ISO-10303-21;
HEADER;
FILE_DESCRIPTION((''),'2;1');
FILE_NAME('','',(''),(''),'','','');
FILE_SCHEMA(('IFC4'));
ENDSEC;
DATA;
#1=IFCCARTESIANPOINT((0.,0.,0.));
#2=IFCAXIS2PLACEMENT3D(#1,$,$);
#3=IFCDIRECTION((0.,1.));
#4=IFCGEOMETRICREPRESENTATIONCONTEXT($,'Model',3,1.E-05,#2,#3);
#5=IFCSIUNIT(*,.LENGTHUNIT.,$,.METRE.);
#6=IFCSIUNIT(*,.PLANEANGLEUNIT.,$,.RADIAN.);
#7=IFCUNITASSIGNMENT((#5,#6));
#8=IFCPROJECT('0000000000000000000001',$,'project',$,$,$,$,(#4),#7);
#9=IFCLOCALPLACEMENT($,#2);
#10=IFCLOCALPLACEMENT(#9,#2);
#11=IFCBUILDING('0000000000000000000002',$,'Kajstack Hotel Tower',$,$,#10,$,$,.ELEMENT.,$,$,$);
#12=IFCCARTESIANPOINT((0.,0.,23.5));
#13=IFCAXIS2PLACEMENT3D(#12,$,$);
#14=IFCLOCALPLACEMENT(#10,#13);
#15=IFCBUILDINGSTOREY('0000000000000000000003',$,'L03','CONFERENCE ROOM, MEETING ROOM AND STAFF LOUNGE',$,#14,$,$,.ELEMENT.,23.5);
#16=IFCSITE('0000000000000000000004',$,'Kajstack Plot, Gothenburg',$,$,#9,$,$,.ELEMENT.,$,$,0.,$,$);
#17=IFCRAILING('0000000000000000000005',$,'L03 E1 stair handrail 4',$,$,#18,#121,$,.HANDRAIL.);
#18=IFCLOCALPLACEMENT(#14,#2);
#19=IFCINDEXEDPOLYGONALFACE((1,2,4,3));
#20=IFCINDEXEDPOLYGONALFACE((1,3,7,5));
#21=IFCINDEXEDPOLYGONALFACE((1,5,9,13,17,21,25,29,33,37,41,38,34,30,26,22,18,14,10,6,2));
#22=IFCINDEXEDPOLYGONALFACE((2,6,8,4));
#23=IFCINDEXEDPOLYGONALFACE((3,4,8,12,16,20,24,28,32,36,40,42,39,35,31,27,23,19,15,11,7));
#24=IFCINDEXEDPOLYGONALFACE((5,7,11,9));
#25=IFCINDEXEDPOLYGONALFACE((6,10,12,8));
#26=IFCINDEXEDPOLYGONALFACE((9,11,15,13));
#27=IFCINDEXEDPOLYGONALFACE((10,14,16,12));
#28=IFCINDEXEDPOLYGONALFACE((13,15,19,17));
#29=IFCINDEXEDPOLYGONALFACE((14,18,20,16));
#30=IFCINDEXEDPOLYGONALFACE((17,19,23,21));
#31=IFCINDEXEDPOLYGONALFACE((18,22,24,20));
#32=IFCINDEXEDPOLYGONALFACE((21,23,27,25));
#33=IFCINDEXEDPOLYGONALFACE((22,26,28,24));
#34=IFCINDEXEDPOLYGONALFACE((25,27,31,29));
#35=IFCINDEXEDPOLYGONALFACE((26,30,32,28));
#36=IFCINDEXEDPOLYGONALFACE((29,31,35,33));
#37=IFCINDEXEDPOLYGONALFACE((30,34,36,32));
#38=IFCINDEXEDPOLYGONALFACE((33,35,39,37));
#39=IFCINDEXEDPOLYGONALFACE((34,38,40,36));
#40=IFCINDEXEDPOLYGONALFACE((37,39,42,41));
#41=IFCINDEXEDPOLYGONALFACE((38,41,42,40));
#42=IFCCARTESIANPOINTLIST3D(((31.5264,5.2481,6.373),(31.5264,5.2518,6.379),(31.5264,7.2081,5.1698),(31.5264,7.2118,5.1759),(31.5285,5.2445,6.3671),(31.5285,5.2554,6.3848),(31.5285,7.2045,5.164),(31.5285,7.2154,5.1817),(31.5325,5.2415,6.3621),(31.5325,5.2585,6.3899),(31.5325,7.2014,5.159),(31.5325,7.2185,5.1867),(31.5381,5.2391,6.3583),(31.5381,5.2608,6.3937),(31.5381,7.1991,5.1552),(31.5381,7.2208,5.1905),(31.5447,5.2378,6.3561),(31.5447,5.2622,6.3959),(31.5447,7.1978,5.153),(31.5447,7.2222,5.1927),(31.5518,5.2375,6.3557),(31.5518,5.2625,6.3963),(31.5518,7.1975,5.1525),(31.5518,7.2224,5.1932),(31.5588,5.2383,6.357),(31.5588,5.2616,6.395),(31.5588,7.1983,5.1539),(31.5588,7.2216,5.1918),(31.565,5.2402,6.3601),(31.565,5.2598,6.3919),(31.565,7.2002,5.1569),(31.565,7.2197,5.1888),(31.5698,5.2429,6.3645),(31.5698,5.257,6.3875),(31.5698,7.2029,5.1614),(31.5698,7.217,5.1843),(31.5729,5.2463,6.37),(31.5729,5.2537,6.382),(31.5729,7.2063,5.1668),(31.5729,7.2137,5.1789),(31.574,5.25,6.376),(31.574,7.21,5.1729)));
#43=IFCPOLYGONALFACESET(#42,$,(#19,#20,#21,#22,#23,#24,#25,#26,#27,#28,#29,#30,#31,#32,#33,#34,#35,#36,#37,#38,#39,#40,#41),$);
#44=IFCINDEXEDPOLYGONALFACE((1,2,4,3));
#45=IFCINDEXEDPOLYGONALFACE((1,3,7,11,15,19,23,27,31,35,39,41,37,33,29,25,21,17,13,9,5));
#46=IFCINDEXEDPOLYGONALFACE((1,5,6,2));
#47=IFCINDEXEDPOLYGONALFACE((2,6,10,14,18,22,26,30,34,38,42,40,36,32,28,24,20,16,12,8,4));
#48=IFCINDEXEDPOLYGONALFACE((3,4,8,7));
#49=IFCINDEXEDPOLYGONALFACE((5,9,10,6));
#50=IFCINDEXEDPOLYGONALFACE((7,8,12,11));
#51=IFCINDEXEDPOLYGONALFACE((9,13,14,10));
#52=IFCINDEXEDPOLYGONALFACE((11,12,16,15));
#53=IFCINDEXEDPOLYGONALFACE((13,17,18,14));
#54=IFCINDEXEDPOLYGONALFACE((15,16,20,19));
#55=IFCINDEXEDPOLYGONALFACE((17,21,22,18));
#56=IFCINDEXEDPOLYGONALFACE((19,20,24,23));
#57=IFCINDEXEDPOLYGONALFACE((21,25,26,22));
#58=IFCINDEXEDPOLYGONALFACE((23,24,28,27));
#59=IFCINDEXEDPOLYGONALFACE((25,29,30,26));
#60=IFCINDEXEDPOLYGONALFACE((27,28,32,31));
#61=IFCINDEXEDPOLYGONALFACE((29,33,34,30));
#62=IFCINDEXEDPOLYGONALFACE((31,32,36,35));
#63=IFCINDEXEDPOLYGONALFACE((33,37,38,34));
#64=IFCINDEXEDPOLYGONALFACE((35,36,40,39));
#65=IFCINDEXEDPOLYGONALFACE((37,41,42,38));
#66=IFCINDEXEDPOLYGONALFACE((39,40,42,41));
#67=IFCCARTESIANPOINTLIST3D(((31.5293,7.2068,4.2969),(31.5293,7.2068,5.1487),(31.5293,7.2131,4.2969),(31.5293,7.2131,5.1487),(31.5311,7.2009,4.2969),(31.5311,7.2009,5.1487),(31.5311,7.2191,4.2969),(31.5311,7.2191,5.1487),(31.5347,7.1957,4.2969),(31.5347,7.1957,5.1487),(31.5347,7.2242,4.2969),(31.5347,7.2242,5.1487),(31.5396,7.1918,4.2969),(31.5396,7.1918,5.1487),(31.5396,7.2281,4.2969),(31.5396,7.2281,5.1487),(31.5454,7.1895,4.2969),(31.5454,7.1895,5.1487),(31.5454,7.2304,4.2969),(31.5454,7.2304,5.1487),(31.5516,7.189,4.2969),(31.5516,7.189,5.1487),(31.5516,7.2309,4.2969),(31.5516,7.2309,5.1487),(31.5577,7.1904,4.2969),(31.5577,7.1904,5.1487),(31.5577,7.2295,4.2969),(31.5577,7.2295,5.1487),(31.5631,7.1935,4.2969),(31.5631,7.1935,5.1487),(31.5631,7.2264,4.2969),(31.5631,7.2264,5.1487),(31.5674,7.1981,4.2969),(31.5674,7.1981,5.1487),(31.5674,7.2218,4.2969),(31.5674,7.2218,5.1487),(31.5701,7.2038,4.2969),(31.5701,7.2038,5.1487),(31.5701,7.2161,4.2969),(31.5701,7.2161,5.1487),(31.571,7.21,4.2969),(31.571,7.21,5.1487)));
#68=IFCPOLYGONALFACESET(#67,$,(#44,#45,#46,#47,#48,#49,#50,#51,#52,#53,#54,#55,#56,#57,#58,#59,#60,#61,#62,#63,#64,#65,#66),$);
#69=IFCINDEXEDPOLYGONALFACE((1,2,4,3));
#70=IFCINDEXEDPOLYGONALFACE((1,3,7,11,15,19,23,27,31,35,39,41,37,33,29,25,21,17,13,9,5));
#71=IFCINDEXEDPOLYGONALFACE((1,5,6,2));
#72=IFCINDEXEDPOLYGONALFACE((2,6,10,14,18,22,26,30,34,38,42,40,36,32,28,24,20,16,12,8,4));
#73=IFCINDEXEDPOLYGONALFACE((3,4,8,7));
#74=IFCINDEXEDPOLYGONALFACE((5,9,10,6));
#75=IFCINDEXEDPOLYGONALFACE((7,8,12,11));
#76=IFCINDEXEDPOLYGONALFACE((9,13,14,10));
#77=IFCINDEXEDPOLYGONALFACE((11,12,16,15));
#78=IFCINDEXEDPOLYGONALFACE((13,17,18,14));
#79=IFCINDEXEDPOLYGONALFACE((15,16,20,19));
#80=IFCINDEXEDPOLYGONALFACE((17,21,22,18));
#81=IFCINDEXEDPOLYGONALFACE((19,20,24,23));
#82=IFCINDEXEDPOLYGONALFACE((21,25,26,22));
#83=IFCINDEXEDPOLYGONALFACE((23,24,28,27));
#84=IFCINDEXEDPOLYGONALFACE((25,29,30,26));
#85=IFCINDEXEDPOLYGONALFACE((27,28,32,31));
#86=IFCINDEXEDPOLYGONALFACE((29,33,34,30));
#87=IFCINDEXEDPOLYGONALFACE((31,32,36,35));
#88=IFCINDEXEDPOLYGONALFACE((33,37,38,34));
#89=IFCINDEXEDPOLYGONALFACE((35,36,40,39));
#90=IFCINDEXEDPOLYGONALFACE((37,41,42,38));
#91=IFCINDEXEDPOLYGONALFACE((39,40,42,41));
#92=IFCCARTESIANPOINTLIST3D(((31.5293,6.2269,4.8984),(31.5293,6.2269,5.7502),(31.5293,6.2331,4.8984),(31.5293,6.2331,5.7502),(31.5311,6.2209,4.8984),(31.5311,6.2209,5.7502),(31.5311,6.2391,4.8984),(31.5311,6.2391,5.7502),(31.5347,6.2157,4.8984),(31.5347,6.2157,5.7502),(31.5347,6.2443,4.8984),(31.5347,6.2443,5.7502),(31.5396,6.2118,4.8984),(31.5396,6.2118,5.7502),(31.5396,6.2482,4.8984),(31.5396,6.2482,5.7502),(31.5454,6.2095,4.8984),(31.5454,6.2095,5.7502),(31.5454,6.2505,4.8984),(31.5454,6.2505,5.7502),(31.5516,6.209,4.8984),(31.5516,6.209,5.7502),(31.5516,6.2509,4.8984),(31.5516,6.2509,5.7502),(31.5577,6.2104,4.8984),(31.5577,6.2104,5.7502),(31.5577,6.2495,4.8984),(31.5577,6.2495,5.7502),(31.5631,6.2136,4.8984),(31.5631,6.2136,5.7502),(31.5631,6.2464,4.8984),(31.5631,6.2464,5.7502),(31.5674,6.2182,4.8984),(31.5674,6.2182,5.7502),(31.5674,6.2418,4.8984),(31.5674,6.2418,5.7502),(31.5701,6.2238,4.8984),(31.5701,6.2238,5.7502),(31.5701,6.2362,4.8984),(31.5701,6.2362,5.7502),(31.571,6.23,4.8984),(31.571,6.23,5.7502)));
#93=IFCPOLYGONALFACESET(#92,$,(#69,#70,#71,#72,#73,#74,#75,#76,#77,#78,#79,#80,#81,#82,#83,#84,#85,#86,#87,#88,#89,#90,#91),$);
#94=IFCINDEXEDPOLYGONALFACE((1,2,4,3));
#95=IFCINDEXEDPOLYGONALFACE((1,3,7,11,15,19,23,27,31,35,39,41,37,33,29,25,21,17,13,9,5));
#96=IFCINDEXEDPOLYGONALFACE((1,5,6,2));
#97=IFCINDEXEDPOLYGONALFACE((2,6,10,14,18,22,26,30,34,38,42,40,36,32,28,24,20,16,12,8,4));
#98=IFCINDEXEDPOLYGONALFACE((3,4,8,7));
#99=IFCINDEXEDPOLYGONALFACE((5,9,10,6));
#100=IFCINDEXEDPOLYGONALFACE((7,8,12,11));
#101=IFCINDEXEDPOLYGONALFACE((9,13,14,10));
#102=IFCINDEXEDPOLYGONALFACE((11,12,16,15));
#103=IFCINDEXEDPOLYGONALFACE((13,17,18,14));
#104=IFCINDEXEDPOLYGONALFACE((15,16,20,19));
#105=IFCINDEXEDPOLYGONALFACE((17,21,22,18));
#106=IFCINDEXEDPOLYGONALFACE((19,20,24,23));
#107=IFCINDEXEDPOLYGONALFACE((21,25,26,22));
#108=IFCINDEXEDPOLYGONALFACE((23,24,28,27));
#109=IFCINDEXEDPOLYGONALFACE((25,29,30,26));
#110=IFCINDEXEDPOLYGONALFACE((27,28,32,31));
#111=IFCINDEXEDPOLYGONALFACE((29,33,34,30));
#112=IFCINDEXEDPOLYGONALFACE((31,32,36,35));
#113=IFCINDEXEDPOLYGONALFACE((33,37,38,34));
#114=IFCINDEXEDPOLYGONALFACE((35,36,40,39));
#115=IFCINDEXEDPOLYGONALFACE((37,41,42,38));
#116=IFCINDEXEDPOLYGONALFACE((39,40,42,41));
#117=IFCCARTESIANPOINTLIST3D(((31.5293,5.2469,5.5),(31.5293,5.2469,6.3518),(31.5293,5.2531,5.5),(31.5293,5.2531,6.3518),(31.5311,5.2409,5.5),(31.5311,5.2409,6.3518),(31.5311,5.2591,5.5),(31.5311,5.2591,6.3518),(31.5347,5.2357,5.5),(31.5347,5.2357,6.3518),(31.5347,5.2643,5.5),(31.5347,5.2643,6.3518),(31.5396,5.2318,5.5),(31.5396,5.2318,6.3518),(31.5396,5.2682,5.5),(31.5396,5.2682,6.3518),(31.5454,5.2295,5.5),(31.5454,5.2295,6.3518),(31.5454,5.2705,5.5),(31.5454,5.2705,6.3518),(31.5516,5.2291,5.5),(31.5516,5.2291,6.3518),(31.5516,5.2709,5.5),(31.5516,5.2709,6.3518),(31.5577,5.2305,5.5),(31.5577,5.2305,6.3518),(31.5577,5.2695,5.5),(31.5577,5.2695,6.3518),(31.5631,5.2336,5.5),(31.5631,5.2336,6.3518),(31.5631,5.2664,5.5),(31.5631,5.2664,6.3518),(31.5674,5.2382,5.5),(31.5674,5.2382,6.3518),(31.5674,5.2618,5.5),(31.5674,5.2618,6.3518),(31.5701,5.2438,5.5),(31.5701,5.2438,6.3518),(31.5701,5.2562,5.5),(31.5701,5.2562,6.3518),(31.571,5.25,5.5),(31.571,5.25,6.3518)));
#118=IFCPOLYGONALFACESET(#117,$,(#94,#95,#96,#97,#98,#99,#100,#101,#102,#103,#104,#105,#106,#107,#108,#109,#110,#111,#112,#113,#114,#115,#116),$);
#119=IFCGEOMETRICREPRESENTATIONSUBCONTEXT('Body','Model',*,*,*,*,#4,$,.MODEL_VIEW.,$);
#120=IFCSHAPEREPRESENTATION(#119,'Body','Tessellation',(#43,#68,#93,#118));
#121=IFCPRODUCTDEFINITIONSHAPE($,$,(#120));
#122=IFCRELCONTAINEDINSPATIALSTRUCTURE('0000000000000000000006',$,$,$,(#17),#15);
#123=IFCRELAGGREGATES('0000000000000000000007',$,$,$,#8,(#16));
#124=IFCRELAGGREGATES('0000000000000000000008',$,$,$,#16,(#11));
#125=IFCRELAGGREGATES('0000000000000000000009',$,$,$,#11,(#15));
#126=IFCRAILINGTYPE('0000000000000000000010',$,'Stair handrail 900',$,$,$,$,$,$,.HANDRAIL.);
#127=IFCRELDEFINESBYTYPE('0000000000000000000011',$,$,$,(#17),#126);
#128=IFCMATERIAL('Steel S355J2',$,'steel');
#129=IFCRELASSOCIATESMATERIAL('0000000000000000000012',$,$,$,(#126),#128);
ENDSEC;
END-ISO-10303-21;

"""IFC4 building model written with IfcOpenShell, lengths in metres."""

from ifc_helpers import new_model, si_unit, direction, frame, origin, origin_2d, place, context, subcontext, project, spatial, circle, extrude, material, type_object, element, save


model = new_model("IFC4")

# Units and contexts
model_context = context("Model", 3, precision=1e-05, world=origin(), true_north=direction((0.0, 1.0)))
body_context = subcontext(model_context, "Body", "Model", "MODEL_VIEW")
ifc_project = project(units=[si_unit("LENGTHUNIT", "METRE"), si_unit("PLANEANGLEUNIT", "RADIAN")], contexts=[model_context])

# Site, building, storey
site_placement = place(None, origin())
site = spatial("IfcSite", under=ifc_project, at=site_placement, Name="Kajstack Plot, Gothenburg", CompositionType="ELEMENT", RefElevation=0.0)
building_placement = place(site_placement, origin())
building = spatial("IfcBuilding", under=site, at=building_placement, Name="Kajstack Hotel Tower", CompositionType="ELEMENT")
storey_placement = place(building_placement, frame((0.0, 0.0, 23.5)))
storey = spatial("IfcBuildingStorey", under=building, at=storey_placement, Name="L03", Description="CONFERENCE ROOM, MEETING ROOM AND STAFF LOUNGE", CompositionType="ELEMENT", Elevation=23.5)

# Railing
ifc_material_1 = material(Name="Steel S355J2", Category="steel")
railing_type_1 = type_object("IfcRailingType", Name="Stair handrail 900", PredefinedType="HANDRAIL", material=ifc_material_1)
railing_1_placement = place(storey_placement, frame((31.55, 7.21, 4.2969)))
element("IfcRailing", 1, at=railing_1_placement, inside=storey, type_object=railing_type_1, Name="L03 E1 stair handrail 4", PredefinedType="HANDRAIL", context=body_context, shape_type="SweptSolid", body=[
    extrude(circle(Radius=0.0239, at=origin_2d()), frame((0.0, 0.0, 0.876), z_axis=(0.0, -0.852241, 0.523149), x_axis=(1.0, 0.0, 0.0)), (0.0, 0.0, 1.0), 2.2998),
    extrude(circle(Radius=0.021, at=origin_2d()), origin(), (0.0, 0.0, 1.0), 0.8518),
    extrude(circle(Radius=0.021, at=origin_2d()), frame((0.0, -0.98, 0.6016)), (0.0, 0.0, 1.0), 0.8518),
    extrude(circle(Radius=0.021, at=origin_2d()), frame((0.0, -1.96, 1.2031)), (0.0, 0.0, 1.0), 0.8518),
])

save(model, "model.ifc")
